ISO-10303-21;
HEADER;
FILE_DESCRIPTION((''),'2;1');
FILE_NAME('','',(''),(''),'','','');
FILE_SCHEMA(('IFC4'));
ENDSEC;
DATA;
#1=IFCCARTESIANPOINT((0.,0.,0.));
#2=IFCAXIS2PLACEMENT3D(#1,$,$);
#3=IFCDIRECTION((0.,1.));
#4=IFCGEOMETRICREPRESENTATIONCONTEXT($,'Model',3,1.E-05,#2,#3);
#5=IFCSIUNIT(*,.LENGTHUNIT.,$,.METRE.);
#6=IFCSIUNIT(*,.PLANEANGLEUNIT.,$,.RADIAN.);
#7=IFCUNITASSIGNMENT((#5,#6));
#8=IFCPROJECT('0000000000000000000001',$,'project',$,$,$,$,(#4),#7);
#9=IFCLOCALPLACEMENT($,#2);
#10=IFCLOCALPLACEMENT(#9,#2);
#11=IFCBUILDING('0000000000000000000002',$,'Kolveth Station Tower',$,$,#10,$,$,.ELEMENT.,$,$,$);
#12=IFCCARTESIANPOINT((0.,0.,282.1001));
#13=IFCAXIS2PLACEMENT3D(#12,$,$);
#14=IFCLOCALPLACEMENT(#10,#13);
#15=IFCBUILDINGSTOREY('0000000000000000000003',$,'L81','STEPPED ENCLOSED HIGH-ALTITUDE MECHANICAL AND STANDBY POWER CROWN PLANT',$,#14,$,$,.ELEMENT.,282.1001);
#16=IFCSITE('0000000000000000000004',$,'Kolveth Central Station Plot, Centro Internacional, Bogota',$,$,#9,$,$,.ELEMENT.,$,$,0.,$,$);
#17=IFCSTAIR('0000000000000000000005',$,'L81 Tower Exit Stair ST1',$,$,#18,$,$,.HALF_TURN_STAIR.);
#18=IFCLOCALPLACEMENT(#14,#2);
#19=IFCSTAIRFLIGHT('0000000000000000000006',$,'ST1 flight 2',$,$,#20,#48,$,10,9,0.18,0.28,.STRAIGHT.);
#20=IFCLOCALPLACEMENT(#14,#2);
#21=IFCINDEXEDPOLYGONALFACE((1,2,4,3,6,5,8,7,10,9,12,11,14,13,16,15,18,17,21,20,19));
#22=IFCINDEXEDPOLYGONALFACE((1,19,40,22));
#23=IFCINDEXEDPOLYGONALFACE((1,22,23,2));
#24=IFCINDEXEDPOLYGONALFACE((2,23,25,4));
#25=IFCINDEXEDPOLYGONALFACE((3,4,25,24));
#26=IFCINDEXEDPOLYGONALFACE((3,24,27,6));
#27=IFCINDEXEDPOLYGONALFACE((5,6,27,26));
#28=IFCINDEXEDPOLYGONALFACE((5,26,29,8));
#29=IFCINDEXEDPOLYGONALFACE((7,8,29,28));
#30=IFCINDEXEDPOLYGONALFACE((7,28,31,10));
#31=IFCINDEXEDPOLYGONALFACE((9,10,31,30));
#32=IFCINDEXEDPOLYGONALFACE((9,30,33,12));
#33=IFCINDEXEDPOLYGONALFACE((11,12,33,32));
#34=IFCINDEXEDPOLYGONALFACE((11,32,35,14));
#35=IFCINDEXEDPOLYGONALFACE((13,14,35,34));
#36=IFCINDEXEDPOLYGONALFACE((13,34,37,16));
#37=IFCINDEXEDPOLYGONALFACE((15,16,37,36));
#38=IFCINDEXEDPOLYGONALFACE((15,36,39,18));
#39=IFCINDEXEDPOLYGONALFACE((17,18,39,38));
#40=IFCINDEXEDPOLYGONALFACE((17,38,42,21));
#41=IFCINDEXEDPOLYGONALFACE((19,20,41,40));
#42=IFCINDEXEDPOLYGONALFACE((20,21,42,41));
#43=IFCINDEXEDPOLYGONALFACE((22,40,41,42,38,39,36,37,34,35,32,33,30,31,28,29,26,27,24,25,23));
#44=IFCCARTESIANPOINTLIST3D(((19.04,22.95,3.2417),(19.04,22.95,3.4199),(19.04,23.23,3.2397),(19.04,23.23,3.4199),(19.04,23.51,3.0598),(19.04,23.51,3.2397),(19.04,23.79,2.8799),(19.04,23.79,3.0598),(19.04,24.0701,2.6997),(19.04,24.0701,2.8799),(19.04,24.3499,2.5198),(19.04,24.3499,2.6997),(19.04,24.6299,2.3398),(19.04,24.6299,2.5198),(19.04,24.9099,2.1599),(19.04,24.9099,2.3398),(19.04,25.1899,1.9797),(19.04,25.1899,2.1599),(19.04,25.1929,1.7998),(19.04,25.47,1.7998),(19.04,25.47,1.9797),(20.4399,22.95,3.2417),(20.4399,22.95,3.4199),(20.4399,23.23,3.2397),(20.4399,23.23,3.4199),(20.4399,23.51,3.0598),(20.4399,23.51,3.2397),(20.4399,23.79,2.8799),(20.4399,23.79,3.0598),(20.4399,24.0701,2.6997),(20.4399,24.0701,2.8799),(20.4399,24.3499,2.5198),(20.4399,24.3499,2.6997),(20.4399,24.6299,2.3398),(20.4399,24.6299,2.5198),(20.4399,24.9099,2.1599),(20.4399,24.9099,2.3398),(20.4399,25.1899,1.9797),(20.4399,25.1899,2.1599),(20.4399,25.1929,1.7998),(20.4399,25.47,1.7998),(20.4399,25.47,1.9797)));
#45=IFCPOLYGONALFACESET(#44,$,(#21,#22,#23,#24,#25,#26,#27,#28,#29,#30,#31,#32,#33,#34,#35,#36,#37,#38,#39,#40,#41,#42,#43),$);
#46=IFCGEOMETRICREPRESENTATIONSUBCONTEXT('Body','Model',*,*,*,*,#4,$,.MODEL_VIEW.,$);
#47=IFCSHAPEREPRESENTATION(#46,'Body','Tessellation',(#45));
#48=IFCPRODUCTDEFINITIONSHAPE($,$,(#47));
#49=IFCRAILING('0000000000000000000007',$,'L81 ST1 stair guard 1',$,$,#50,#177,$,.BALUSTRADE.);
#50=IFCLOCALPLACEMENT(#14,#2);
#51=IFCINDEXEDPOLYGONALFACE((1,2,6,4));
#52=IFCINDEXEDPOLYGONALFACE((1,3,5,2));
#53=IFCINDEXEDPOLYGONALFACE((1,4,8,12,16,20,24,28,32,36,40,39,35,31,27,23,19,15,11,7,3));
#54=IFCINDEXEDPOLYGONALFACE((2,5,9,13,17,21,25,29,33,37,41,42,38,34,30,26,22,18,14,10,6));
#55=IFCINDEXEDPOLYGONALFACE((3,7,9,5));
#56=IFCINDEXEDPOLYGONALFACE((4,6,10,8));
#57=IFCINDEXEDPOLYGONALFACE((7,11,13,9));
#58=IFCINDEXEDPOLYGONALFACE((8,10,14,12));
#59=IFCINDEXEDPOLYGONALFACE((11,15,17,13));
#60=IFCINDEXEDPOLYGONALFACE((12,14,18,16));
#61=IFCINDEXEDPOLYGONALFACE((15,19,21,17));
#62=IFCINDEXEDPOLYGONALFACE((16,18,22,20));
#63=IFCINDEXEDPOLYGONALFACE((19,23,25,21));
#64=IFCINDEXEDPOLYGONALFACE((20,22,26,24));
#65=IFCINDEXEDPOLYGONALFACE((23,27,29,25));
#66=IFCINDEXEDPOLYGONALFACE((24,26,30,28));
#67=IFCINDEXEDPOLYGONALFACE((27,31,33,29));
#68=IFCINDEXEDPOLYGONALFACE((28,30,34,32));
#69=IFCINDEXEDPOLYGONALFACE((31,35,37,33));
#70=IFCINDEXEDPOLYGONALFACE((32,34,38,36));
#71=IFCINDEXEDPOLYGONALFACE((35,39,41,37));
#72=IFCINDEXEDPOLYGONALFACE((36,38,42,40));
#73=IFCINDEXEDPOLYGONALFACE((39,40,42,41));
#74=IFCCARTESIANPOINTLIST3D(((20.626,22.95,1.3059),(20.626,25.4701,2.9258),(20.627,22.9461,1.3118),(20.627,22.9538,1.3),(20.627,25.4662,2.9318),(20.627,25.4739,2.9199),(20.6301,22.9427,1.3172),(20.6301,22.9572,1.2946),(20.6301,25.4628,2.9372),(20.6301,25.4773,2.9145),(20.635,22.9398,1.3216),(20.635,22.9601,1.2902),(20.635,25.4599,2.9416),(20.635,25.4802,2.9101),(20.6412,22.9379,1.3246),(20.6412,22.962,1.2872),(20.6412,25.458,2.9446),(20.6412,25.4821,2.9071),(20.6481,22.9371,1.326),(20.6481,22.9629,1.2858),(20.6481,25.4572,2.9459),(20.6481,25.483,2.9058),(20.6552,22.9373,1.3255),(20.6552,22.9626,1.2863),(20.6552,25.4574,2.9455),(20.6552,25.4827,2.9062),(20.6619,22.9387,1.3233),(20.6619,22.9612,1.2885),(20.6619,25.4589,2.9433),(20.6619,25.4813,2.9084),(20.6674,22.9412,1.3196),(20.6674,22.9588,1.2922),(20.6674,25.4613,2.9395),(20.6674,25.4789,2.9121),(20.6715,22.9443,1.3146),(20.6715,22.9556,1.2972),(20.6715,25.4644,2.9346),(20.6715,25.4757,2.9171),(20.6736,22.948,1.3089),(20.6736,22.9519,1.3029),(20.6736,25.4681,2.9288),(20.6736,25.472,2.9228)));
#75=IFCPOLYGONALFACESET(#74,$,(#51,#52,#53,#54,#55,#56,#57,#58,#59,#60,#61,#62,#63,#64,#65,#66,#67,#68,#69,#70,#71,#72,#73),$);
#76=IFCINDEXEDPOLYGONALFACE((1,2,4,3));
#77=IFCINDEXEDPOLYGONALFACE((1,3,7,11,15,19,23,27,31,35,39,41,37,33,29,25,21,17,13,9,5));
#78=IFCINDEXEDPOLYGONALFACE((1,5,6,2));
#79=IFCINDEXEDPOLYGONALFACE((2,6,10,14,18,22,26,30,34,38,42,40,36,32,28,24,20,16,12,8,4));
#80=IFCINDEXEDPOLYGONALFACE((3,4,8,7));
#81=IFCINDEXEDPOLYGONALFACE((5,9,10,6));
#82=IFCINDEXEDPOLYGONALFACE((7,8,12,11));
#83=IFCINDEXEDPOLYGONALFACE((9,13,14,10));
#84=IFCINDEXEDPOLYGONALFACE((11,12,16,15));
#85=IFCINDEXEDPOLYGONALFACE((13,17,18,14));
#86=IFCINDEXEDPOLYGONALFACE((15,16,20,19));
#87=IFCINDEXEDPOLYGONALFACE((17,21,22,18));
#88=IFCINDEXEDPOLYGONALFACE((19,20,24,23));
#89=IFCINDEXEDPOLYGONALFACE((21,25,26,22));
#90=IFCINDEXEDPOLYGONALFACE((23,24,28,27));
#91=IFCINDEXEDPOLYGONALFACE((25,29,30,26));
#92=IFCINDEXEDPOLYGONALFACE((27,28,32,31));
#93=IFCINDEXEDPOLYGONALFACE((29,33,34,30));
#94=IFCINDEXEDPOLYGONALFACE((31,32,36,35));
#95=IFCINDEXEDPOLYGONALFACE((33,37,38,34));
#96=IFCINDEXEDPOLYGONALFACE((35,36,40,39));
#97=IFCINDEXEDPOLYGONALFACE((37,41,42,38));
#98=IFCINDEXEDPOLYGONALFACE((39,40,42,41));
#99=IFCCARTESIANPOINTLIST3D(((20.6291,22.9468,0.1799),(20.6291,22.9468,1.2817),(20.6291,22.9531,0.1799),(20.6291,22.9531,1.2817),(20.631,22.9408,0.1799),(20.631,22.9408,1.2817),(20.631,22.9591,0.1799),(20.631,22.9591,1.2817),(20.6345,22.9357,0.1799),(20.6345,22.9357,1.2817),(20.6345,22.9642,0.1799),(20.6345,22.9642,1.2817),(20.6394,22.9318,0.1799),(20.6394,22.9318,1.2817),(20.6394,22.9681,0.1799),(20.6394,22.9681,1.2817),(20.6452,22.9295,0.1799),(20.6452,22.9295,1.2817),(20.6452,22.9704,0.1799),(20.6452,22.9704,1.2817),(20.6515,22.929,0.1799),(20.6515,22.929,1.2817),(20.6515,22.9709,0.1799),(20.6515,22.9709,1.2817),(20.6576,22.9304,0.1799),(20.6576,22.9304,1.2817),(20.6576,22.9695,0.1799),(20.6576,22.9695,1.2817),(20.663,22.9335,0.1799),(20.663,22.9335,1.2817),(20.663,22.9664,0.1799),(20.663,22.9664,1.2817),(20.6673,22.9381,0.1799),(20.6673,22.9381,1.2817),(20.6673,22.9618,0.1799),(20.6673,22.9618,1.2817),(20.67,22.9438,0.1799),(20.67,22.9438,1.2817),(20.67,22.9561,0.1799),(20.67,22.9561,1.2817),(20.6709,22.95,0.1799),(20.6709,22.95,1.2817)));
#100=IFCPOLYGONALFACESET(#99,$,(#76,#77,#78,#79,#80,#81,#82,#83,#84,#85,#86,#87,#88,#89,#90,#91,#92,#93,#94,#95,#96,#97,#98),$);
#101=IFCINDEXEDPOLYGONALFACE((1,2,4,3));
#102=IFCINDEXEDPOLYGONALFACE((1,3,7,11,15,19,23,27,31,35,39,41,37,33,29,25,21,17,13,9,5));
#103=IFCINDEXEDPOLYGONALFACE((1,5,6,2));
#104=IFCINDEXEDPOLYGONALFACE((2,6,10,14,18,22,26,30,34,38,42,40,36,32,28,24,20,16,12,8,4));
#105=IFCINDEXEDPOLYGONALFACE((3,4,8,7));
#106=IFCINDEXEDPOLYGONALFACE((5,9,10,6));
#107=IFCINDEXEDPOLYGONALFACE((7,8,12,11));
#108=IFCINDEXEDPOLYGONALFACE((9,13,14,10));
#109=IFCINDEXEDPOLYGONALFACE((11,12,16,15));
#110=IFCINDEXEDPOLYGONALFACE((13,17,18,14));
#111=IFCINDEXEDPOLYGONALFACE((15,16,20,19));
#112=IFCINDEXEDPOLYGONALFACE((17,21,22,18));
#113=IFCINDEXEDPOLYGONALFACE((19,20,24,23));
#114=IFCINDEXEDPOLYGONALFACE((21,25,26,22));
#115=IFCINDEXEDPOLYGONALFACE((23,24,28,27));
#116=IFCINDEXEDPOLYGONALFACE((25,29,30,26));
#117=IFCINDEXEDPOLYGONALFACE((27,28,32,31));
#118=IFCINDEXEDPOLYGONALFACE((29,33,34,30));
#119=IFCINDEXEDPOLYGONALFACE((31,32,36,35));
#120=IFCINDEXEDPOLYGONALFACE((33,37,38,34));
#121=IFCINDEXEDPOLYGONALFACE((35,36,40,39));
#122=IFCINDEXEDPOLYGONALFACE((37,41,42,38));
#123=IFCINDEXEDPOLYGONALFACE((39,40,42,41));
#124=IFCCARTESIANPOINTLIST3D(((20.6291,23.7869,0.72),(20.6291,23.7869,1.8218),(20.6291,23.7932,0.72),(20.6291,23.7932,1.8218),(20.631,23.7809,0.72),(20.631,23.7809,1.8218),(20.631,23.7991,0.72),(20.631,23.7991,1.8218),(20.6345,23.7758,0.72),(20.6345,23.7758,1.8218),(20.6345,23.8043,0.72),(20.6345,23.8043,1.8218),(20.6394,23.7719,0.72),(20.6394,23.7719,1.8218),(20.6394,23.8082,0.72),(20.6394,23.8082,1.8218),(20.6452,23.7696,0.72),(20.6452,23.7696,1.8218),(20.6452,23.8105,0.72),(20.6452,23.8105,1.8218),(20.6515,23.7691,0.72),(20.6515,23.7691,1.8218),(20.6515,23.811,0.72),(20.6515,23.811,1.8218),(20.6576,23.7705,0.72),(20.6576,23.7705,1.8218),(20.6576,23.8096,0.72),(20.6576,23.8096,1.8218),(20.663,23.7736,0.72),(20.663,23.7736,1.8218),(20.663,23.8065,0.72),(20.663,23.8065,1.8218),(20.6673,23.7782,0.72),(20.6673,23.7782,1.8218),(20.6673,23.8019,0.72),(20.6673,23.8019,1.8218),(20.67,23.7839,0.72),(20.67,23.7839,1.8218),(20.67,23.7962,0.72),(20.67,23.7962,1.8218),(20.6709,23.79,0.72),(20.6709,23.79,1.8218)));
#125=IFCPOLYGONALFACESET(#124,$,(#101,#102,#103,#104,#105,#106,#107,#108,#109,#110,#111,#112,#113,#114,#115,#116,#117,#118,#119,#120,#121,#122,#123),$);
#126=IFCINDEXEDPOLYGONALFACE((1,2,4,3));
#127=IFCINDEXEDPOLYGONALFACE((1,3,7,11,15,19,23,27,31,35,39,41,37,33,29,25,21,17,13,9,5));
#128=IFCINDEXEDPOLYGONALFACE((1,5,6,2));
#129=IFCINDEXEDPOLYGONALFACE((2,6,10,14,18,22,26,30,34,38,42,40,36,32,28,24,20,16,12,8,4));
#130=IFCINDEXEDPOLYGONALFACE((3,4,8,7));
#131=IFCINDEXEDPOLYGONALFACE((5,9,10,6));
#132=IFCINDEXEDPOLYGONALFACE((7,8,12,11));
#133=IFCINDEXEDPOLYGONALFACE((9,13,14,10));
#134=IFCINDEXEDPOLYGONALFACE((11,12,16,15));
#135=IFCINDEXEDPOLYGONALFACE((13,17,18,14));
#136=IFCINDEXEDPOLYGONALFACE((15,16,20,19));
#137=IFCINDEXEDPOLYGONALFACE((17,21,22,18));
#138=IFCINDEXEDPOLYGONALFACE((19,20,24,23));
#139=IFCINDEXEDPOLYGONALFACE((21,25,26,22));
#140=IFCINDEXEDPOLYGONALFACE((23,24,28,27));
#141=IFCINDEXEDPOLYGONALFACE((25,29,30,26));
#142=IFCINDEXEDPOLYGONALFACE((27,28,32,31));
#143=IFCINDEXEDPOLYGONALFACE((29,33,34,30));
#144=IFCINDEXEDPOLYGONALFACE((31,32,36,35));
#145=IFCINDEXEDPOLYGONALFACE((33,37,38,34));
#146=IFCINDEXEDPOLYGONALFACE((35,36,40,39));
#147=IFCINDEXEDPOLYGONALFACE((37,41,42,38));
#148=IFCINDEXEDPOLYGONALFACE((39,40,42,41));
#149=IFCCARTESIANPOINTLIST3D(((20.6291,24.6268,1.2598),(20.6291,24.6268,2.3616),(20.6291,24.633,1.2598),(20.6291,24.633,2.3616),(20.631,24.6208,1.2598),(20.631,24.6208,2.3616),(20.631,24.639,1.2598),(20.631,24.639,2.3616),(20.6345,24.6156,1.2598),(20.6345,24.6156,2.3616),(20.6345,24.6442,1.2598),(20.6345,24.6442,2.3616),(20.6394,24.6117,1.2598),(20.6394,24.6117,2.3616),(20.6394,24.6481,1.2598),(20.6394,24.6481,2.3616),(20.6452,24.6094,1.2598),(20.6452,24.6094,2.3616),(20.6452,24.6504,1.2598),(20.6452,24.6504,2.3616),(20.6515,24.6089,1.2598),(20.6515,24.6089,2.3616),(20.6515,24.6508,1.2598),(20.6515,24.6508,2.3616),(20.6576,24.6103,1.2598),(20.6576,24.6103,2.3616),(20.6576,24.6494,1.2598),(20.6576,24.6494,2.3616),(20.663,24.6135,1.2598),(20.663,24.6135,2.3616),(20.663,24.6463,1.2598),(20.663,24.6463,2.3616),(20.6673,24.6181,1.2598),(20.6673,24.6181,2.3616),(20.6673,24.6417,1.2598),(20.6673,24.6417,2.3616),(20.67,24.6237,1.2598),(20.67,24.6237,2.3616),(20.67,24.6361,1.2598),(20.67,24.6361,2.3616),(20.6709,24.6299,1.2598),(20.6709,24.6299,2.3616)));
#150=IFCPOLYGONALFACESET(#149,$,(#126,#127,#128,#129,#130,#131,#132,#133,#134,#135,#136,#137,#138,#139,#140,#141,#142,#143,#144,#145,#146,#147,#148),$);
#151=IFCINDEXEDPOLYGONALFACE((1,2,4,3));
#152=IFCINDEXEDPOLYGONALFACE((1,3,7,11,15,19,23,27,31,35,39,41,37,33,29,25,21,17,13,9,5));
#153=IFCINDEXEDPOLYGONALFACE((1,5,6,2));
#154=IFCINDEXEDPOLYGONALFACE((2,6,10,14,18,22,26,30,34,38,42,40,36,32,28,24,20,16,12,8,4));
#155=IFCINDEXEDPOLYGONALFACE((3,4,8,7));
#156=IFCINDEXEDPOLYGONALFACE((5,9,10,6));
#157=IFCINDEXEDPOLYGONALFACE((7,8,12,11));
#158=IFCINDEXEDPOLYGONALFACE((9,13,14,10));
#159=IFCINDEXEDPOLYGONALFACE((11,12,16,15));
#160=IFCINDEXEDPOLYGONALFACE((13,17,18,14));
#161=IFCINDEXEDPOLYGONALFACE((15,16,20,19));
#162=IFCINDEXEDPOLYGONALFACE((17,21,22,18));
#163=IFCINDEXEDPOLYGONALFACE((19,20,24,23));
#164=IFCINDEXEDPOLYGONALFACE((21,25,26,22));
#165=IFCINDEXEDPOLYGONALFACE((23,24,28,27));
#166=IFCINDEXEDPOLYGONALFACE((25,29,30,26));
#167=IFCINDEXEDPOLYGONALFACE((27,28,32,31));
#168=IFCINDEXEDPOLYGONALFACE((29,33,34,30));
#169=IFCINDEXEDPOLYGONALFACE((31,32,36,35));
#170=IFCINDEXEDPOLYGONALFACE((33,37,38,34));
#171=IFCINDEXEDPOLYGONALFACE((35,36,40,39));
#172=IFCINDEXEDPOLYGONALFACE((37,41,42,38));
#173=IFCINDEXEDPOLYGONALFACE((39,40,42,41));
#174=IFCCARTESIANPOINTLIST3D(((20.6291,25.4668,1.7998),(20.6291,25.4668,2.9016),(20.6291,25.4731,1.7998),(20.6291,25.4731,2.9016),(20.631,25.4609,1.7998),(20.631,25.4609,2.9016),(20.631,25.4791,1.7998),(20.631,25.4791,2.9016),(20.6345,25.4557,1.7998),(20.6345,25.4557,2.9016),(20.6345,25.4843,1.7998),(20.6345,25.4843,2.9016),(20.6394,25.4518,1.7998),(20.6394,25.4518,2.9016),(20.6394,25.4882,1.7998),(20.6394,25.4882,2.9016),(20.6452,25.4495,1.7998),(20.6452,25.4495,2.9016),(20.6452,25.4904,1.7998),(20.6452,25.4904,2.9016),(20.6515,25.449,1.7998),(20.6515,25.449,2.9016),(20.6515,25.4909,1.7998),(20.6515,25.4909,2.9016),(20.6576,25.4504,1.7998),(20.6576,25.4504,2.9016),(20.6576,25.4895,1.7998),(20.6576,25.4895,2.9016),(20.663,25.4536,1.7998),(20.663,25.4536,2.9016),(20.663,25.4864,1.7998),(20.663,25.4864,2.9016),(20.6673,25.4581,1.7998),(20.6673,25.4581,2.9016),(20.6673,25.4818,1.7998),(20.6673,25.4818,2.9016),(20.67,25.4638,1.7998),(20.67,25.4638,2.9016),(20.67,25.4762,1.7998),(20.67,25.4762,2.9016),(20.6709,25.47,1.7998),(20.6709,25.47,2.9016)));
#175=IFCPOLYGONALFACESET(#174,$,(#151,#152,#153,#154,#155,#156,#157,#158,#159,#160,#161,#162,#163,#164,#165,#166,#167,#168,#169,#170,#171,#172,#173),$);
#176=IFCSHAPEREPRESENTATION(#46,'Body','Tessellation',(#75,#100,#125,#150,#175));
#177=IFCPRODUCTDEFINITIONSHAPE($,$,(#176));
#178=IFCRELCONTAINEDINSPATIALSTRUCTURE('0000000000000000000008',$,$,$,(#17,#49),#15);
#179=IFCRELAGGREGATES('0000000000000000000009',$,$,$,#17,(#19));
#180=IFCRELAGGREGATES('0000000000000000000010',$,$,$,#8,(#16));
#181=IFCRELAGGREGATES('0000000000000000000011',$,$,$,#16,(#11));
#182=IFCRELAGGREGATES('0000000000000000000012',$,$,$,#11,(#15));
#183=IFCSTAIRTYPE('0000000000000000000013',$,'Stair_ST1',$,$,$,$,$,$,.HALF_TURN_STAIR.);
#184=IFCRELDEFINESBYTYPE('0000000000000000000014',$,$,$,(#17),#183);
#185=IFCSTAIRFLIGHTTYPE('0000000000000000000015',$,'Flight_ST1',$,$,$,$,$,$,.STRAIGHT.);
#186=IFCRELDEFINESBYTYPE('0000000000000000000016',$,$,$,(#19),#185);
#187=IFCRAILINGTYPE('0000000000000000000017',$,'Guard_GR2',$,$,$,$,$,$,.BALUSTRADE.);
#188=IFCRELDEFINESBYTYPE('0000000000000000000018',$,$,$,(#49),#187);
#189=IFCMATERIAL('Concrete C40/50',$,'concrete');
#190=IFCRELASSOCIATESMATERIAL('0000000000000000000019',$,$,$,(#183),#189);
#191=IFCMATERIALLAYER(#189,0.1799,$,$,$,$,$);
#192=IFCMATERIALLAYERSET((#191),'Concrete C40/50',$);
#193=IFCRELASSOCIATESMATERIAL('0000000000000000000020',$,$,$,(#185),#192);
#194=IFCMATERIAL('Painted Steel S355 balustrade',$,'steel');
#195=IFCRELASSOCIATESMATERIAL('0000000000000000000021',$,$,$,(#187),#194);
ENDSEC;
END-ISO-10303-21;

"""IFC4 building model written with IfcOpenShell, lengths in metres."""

from ifc_helpers import new_model, si_unit, direction, frame, origin, origin_2d, place, context, subcontext, project, spatial, polyline, circle, outline, extrude, material, layer, layer_set, type_object, element, aggregate, save


model = new_model("IFC4")

# Units and contexts
model_context = context("Model", 3, precision=1e-05, world=origin(), true_north=direction((0.0, 1.0)))
body_context = subcontext(model_context, "Body", "Model", "MODEL_VIEW")
ifc_project = project(units=[si_unit("LENGTHUNIT", "METRE"), si_unit("PLANEANGLEUNIT", "RADIAN")], contexts=[model_context])

# Site, building, storey
site_placement = place(None, origin())
site = spatial("IfcSite", under=ifc_project, at=site_placement, Name="Kolveth Central Station Plot, Centro Internacional, Bogota", CompositionType="ELEMENT", RefElevation=0.0)
building_placement = place(site_placement, origin())
building = spatial("IfcBuilding", under=site, at=building_placement, Name="Kolveth Station Tower", CompositionType="ELEMENT")
storey_placement = place(building_placement, frame((0.0, 0.0, 282.1001)))
storey = spatial("IfcBuildingStorey", under=building, at=storey_placement, Name="L81", Description="STEPPED ENCLOSED HIGH-ALTITUDE MECHANICAL AND STANDBY POWER CROWN PLANT", CompositionType="ELEMENT", Elevation=282.1001)

# Shared definitions
ifc_material_1 = material(Name="Concrete C40/50", Category="concrete")

# Stair, stair flight
stair_type = type_object("IfcStairType", Name="Stair_ST1", PredefinedType="HALF_TURN_STAIR", material=ifc_material_1)
stair_placement = place(storey_placement, origin())
stair = element("IfcStair", 1, at=stair_placement, inside=storey, type_object=stair_type, Name="L81 Tower Exit Stair ST1", PredefinedType="HALF_TURN_STAIR")
ifc_layer_1 = layer(ifc_material_1, 0.1799)
ifc_layer_set_1 = layer_set([ifc_layer_1], Name="Concrete C40/50")
stair_flight_type = type_object("IfcStairFlightType", Name="Flight_ST1", PredefinedType="STRAIGHT", material=ifc_layer_set_1)
stair_flight_1_placement = place(storey_placement, frame((19.74, 25.47, 1.7998), z_axis=(0.0, 0.0, 1.0), x_axis=(0.0, -1.0, 0.0)))
stair_flight_1 = element("IfcStairFlight", 2, at=stair_flight_1_placement, type_object=stair_flight_type, Name="ST1 flight 2", NumberOfRisers=10, NumberOfTreads=9, PredefinedType="STRAIGHT", RiserHeight=0.18, TreadLength=0.28, context=body_context, shape_type="SweptSolid", body=[
    extrude(outline(polyline([(0.0, 0.0), (0.0, 0.1799), (0.28, 0.1799), (0.28, 0.3601), (0.5601, 0.3601), (0.5601, 0.54), (0.8401, 0.54), (0.8401, 0.72), (1.1201, 0.72), (1.1201, 0.8999), (1.3999, 0.8999), (1.3999, 1.0801), (1.6799, 1.0801), (1.6799, 1.26), (1.96, 1.26), (1.96, 1.4399), (2.24, 1.4399), (2.24, 1.6201), (2.52, 1.6201), (2.52, 1.8), (2.52, 1.4419), (0.2771, 0.0), (0.0, 0.0)])), frame((0.0, 0.7, 0.0), z_axis=(0.0, -1.0, 0.0), x_axis=(1.0, 0.0, 0.0)), (0.0, 0.0, 1.0), 1.3999),
])
aggregate(stair, [stair_flight_1])

# Railing
ifc_material_2 = material(Name="Painted Steel S355 balustrade", Category="steel")
railing_type_1 = type_object("IfcRailingType", Name="Guard_GR2", PredefinedType="BALUSTRADE", material=ifc_material_2)
railing_1_placement = place(storey_placement, frame((20.6499, 22.95, 0.1799)))
element("IfcRailing", 3, at=railing_1_placement, inside=storey, type_object=railing_type_1, Name="L81 ST1 stair guard 1", PredefinedType="BALUSTRADE", context=body_context, shape_type="SweptSolid", body=[
    extrude(circle(Radius=0.0239, at=origin_2d()), frame((0.0, 0.0, 1.126), z_axis=(0.0, 0.8412, 0.540725), x_axis=(-1.0, 0.0, 0.0)), (0.0, 0.0, 1.0), 2.9958),
    extrude(circle(Radius=0.021, at=origin_2d()), origin(), (0.0, 0.0, 1.0), 1.1018),
    extrude(circle(Radius=0.021, at=origin_2d()), frame((0.0, 0.8401, 0.54)), (0.0, 0.0, 1.0), 1.1018),
    extrude(circle(Radius=0.021, at=origin_2d()), frame((0.0, 1.6799, 1.0798)), (0.0, 0.0, 1.0), 1.1018),
    extrude(circle(Radius=0.021, at=origin_2d()), frame((0.0, 2.52, 1.6199)), (0.0, 0.0, 1.0), 1.1018),
])

save(model, "model.ifc")
